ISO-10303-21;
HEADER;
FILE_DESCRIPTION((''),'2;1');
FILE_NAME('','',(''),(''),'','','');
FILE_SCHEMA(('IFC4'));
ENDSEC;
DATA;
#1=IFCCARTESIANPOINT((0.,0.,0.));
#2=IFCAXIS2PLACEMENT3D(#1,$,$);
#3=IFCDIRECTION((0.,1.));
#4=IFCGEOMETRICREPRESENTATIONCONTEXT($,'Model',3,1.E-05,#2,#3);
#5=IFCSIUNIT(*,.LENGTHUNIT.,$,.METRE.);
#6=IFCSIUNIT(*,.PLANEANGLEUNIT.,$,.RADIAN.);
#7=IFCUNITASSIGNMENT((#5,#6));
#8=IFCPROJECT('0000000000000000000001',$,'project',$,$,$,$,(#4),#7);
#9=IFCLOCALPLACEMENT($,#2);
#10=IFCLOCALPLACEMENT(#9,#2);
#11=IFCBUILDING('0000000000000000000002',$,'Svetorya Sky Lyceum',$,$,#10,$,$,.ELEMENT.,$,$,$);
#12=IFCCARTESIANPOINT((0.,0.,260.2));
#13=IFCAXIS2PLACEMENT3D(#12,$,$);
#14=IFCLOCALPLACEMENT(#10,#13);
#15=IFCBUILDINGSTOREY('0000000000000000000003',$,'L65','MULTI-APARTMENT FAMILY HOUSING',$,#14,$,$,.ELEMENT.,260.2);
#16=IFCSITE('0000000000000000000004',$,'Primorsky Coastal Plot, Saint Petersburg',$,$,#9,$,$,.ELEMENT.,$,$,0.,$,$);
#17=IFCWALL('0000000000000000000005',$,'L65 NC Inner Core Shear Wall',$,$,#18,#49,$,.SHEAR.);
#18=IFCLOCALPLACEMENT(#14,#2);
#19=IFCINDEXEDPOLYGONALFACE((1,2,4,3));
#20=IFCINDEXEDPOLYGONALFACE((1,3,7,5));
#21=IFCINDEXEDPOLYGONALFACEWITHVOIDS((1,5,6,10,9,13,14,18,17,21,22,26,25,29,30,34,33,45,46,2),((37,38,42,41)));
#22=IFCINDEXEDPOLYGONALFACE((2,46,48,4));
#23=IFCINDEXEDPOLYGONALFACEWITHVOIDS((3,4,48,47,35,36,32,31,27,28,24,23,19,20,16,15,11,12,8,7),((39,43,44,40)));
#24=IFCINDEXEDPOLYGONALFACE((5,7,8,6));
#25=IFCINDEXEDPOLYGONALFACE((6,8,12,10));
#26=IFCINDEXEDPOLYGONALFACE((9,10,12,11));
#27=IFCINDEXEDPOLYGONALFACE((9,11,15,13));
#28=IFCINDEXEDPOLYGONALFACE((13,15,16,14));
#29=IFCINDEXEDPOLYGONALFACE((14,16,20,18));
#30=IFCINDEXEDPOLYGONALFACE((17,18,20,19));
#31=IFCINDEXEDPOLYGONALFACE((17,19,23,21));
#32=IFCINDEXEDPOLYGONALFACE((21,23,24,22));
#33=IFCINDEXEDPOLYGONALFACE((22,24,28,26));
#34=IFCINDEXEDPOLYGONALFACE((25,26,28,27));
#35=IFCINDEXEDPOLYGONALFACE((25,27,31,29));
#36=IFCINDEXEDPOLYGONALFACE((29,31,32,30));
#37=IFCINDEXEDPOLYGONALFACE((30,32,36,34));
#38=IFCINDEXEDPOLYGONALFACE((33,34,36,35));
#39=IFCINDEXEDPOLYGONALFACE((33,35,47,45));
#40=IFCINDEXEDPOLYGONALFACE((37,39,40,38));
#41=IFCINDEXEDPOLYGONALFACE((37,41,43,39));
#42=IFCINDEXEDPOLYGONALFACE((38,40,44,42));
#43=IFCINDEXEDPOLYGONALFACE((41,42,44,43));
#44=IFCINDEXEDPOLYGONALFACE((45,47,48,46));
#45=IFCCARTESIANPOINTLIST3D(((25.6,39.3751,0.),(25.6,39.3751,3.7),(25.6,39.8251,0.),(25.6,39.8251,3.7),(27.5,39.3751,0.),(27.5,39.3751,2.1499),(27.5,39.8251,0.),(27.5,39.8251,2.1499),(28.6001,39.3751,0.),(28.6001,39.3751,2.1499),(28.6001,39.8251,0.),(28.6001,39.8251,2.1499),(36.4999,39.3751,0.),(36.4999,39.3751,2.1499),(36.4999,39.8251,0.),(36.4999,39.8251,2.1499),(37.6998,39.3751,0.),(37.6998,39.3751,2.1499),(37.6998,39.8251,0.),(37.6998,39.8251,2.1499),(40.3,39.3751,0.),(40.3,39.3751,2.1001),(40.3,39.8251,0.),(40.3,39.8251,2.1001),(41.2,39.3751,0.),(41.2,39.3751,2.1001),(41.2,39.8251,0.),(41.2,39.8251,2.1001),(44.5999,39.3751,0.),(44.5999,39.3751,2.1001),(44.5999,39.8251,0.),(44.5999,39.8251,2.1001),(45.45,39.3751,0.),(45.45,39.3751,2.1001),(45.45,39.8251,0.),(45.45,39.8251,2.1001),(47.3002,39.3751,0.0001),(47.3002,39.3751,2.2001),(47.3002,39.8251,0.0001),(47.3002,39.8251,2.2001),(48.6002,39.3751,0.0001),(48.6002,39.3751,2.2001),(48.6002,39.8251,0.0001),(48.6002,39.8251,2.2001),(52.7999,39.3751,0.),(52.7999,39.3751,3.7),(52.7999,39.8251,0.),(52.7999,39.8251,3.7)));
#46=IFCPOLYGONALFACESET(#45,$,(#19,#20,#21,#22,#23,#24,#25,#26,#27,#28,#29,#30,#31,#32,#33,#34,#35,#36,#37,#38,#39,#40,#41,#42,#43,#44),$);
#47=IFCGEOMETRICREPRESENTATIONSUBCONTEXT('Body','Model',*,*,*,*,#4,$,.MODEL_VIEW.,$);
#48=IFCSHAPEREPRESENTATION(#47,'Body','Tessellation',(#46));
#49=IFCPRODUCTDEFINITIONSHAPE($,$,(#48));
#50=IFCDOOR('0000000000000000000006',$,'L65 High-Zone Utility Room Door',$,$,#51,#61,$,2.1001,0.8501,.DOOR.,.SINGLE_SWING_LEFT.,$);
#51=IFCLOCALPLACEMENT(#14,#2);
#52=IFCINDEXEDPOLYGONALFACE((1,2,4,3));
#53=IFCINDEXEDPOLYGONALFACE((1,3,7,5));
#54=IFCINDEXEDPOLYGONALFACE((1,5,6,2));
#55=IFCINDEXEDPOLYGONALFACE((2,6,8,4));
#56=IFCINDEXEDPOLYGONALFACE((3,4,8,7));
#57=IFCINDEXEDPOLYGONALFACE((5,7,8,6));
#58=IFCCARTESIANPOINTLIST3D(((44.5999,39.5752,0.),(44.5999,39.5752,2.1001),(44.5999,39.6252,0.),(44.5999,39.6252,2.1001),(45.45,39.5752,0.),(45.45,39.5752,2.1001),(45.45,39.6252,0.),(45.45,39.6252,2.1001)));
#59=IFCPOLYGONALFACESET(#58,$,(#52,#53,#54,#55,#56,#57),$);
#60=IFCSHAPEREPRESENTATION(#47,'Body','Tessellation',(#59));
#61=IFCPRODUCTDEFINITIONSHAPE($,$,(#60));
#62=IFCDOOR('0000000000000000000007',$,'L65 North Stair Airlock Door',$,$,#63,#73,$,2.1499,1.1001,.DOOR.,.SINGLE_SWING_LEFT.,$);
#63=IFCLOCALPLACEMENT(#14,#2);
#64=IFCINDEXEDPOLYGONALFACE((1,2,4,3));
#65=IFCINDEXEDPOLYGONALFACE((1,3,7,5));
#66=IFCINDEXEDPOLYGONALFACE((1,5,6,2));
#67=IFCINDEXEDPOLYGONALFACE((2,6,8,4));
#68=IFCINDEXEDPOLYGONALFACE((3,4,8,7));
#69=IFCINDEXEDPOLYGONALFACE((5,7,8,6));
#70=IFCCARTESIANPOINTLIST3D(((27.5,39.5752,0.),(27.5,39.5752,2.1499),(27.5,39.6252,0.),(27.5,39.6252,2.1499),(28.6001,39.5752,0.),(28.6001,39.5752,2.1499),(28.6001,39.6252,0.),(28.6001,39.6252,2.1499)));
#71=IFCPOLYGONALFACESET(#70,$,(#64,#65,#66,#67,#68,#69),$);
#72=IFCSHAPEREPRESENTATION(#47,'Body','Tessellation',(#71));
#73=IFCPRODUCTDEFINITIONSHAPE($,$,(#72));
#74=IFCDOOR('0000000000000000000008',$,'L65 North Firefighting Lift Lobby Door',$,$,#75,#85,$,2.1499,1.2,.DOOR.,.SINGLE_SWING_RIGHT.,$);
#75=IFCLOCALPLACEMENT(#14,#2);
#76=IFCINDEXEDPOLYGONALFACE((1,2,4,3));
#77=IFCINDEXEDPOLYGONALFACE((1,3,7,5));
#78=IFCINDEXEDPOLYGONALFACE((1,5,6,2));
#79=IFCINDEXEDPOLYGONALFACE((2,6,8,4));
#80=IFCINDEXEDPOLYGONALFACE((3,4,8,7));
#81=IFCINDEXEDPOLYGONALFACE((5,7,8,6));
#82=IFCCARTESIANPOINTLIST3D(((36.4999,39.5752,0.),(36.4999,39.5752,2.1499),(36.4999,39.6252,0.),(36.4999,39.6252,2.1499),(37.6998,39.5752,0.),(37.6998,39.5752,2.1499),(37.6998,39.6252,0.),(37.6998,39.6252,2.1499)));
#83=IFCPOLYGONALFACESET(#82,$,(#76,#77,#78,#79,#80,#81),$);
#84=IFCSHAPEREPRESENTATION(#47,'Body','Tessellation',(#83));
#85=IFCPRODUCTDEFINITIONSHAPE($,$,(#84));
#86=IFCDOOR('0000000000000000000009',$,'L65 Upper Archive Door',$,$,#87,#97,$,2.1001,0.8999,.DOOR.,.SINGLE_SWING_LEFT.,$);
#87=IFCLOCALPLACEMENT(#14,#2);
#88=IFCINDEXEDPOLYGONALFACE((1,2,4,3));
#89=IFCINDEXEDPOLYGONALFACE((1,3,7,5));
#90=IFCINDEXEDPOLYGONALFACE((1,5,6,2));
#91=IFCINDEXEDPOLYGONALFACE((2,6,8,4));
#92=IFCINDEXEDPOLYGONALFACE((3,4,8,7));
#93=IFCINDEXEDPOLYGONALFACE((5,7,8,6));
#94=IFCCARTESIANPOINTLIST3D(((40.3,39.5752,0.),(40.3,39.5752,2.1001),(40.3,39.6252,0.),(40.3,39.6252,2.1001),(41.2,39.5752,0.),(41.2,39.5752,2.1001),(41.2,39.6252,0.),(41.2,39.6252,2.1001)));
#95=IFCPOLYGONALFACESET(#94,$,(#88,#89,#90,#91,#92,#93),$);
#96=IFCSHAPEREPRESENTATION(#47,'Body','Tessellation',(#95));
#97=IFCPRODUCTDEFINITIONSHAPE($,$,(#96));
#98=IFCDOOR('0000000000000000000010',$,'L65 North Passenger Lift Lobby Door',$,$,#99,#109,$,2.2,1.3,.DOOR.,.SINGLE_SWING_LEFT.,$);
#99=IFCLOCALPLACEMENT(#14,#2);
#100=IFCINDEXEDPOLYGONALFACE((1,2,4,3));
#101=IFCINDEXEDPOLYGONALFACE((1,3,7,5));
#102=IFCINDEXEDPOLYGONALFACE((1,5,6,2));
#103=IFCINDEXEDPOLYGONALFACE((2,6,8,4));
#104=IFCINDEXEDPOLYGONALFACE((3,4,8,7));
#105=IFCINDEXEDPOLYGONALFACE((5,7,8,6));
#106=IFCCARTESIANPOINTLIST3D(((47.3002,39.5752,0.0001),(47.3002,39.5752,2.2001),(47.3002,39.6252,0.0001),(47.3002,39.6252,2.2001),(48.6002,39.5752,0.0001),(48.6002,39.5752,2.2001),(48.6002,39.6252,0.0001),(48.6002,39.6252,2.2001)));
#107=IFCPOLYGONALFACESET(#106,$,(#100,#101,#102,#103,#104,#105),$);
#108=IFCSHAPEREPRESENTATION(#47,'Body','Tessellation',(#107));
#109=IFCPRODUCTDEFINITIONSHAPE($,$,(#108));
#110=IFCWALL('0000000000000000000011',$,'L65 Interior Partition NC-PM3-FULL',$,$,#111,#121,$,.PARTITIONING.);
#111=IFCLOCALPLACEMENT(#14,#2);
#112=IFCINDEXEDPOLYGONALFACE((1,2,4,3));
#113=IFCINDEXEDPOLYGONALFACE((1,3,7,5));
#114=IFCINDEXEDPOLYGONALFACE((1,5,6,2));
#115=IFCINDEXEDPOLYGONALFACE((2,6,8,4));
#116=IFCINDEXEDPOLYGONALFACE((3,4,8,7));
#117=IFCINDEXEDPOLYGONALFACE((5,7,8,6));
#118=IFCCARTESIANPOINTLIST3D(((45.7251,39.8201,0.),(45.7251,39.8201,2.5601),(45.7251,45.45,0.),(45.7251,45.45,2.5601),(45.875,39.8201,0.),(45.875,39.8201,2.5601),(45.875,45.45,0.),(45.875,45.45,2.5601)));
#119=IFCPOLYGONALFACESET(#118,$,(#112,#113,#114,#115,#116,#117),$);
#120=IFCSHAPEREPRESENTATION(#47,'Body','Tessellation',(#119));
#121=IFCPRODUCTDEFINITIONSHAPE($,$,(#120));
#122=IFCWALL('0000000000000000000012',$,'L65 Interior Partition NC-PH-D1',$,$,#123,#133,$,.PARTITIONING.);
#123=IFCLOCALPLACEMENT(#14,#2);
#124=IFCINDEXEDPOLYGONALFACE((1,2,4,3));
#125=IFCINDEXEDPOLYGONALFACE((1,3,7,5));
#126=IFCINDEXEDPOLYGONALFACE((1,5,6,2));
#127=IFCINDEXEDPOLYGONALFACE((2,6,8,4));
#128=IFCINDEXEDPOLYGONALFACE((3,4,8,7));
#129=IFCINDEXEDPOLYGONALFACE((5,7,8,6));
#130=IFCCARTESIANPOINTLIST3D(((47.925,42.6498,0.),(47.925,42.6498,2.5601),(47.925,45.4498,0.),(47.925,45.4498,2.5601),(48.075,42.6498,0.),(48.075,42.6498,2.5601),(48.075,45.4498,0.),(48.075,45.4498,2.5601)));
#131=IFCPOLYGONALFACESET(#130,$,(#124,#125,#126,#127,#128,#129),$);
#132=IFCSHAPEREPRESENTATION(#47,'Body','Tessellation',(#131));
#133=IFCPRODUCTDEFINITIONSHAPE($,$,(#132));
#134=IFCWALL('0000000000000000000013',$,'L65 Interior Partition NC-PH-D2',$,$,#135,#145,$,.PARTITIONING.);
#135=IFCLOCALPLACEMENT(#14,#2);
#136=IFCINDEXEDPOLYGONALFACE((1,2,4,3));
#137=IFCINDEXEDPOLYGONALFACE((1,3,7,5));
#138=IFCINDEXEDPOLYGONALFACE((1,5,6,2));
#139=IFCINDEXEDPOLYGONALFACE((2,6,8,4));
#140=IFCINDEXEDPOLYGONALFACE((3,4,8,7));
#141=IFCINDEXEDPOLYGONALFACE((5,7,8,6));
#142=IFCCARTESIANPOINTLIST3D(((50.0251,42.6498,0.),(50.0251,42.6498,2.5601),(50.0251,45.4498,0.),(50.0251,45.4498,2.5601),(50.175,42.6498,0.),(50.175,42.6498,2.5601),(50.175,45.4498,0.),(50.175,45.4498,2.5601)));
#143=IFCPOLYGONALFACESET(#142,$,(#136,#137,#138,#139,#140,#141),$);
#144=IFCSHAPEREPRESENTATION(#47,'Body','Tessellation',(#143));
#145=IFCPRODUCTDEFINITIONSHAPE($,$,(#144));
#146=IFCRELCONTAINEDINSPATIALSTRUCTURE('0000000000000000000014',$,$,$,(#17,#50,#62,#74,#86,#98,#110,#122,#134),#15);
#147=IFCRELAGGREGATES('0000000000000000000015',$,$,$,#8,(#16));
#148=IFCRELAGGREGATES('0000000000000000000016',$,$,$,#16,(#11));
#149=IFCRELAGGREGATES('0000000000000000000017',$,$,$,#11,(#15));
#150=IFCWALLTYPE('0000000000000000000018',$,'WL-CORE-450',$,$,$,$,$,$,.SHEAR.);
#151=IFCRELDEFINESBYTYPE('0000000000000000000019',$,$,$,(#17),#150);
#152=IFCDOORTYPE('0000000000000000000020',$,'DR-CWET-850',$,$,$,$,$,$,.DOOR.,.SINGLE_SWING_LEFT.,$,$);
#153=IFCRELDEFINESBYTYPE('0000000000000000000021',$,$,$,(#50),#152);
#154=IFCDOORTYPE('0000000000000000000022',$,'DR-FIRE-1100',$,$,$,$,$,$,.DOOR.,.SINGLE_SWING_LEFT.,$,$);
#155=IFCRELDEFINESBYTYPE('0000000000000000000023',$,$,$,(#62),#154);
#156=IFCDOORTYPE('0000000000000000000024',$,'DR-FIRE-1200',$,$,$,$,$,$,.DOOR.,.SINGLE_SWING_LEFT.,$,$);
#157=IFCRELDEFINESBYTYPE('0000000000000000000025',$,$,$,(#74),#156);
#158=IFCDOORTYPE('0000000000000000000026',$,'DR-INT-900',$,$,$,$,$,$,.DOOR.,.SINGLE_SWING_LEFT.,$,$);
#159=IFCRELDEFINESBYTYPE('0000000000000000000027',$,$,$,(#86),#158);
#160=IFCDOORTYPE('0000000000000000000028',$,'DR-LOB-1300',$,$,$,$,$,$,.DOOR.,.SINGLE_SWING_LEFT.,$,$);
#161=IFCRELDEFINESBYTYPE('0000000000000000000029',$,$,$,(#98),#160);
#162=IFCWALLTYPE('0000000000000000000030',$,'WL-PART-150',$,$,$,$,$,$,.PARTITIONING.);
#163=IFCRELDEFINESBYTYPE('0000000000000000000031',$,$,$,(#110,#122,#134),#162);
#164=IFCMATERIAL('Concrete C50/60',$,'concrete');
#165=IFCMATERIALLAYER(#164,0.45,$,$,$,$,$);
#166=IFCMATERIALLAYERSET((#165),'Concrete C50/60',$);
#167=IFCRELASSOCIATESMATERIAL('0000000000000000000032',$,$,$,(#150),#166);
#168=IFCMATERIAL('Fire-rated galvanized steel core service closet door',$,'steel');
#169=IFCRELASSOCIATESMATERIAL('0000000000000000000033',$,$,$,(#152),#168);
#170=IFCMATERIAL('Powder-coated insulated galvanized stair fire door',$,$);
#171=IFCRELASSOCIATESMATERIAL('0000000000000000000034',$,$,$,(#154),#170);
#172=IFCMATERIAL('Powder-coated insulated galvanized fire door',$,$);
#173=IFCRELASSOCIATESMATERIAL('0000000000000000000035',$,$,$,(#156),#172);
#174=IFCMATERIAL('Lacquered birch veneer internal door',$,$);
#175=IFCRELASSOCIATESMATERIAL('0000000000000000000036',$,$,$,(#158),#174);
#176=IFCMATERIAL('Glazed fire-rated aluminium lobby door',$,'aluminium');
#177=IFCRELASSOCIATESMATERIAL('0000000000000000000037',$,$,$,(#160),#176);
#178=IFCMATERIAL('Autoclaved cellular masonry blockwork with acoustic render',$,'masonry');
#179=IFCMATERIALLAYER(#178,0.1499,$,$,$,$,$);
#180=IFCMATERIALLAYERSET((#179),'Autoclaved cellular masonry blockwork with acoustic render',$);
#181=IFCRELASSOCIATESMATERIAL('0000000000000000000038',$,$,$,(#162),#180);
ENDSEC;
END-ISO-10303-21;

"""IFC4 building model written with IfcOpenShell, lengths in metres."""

from ifc_helpers import new_model, si_unit, direction, frame, frame_2d, origin, place, context, subcontext, project, spatial, rectangle, extrude, material, layer, layer_set, type_object, element, fill, save


model = new_model("IFC4")

# Units and contexts
model_context = context("Model", 3, precision=1e-05, world=origin(), true_north=direction((0.0, 1.0)))
body_context = subcontext(model_context, "Body", "Model", "MODEL_VIEW")
ifc_project = project(units=[si_unit("LENGTHUNIT", "METRE"), si_unit("PLANEANGLEUNIT", "RADIAN")], contexts=[model_context])

# Site, building, storey
site_placement = place(None, origin())
site = spatial("IfcSite", under=ifc_project, at=site_placement, Name="Primorsky Coastal Plot, Saint Petersburg", CompositionType="ELEMENT", RefElevation=0.0)
building_placement = place(site_placement, origin())
building = spatial("IfcBuilding", under=site, at=building_placement, Name="Svetorya Sky Lyceum", CompositionType="ELEMENT")
storey_placement = place(building_placement, frame((0.0, 0.0, 260.2)))
storey = spatial("IfcBuildingStorey", under=building, at=storey_placement, Name="L65", Description="MULTI-APARTMENT FAMILY HOUSING", CompositionType="ELEMENT", Elevation=260.2)

# Wall, openings, doors
ifc_material_1 = material(Name="Concrete C50/60", Category="concrete")
ifc_layer_1 = layer(ifc_material_1, 0.45)
ifc_layer_set_1 = layer_set([ifc_layer_1], Name="Concrete C50/60")
wall_type_1 = type_object("IfcWallType", Name="WL-CORE-450", PredefinedType="SHEAR", material=ifc_layer_set_1)
wall_1_placement = place(storey_placement, frame((52.8, 39.6001, 0.0), z_axis=(0.0, 0.0, 1.0), x_axis=(-1.0, 0.0, 0.0)))
wall_1 = element("IfcWall", 1, at=wall_1_placement, inside=storey, type_object=wall_type_1, Name="L65 NC Inner Core Shear Wall", PredefinedType="SHEAR", context=body_context, shape_type="SweptSolid", body=[
    extrude(rectangle(XDim=27.2, YDim=0.45, at=frame_2d((13.6001, 0.0))), origin(), (0.0, 0.0, 1.0), 3.7),
])
opening_1_placement = place(wall_1_placement, frame((24.2, 0.0, 0.0)))
opening_1 = element("IfcOpeningElement", 2, at=opening_1_placement, cuts=wall_1, PredefinedType="OPENING", context=body_context, shape_type="SweptSolid", body=[
    extrude(rectangle(XDim=1.1001, YDim=2.1499, at=frame_2d((0.55, 1.075))), frame((0.0, 0.2349, 0.0), z_axis=(0.0, -1.0, 0.0), x_axis=(1.0, 0.0, 0.0)), (0.0, 0.0, 1.0), 0.47),
])
opening_2_placement = place(wall_1_placement, frame((15.1001, 0.0, 0.0)))
opening_2 = element("IfcOpeningElement", 3, at=opening_2_placement, cuts=wall_1, PredefinedType="OPENING", context=body_context, shape_type="SweptSolid", body=[
    extrude(rectangle(XDim=1.2, YDim=2.1499, at=frame_2d((0.6001, 1.075))), frame((0.0, 0.2349, 0.0), z_axis=(0.0, -1.0, 0.0), x_axis=(1.0, 0.0, 0.0)), (0.0, 0.0, 1.0), 0.47),
])
opening_3_placement = place(wall_1_placement, frame((11.6001, 0.0, 0.0)))
opening_3 = element("IfcOpeningElement", 4, at=opening_3_placement, cuts=wall_1, PredefinedType="OPENING", context=body_context, shape_type="SweptSolid", body=[
    extrude(rectangle(XDim=0.8999, YDim=2.1001, at=frame_2d((0.45, 1.05))), frame((0.0, 0.2349, 0.0), z_axis=(0.0, -1.0, 0.0), x_axis=(1.0, 0.0, 0.0)), (0.0, 0.0, 1.0), 0.47),
])
opening_4_placement = place(wall_1_placement, frame((7.3501, 0.0, 0.0)))
opening_4 = element("IfcOpeningElement", 5, at=opening_4_placement, cuts=wall_1, PredefinedType="OPENING", context=body_context, shape_type="SweptSolid", body=[
    extrude(rectangle(XDim=0.8501, YDim=2.1001, at=frame_2d((0.425, 1.05))), frame((0.0, 0.2349, 0.0), z_axis=(0.0, -1.0, 0.0), x_axis=(1.0, 0.0, 0.0)), (0.0, 0.0, 1.0), 0.47),
])
opening_5_placement = place(wall_1_placement, frame((4.2, 0.0, 0.0)))
opening_5 = element("IfcOpeningElement", 6, at=opening_5_placement, cuts=wall_1, PredefinedType="OPENING", context=body_context, shape_type="SweptSolid", body=[
    extrude(rectangle(XDim=1.3, YDim=2.2, at=frame_2d((0.6499, 1.1001))), frame((0.0, 0.2349, 0.0), z_axis=(0.0, -1.0, 0.0), x_axis=(1.0, 0.0, 0.0)), (0.0, 0.0, 1.0), 0.47),
])
ifc_material_2 = material(Name="Fire-rated galvanized steel core service closet door", Category="steel")
door_type_1 = type_object("IfcDoorType", Name="DR-CWET-850", OperationType="SINGLE_SWING_LEFT", PredefinedType="DOOR", material=ifc_material_2)
door_1_placement = place(opening_4_placement, origin())
door_1 = element("IfcDoor", 7, at=door_1_placement, inside=storey, type_object=door_type_1, Name="L65 High-Zone Utility Room Door", OperationType="SINGLE_SWING_LEFT", OverallHeight=2.1001, OverallWidth=0.8501, PredefinedType="DOOR", context=body_context, shape_type="SweptSolid", body=[
    extrude(rectangle(XDim=0.8501, YDim=2.1001, at=frame_2d((0.425, 1.05))), frame((0.0, 0.0249, 0.0), z_axis=(0.0, -1.0, 0.0), x_axis=(1.0, 0.0, 0.0)), (0.0, 0.0, 1.0), 0.05),
])
fill(opening_4, door_1)
ifc_material_3 = material(Name="Powder-coated insulated galvanized stair fire door")
door_type_2 = type_object("IfcDoorType", Name="DR-FIRE-1100", OperationType="SINGLE_SWING_LEFT", PredefinedType="DOOR", material=ifc_material_3)
door_2_placement = place(opening_1_placement, origin())
door_2 = element("IfcDoor", 8, at=door_2_placement, inside=storey, type_object=door_type_2, Name="L65 North Stair Airlock Door", OperationType="SINGLE_SWING_LEFT", OverallHeight=2.1499, OverallWidth=1.1001, PredefinedType="DOOR", context=body_context, shape_type="SweptSolid", body=[
    extrude(rectangle(XDim=1.1001, YDim=2.1499, at=frame_2d((0.55, 1.075))), frame((0.0, 0.0249, 0.0), z_axis=(0.0, -1.0, 0.0), x_axis=(1.0, 0.0, 0.0)), (0.0, 0.0, 1.0), 0.05),
])
fill(opening_1, door_2)
ifc_material_4 = material(Name="Powder-coated insulated galvanized fire door")
door_type_3 = type_object("IfcDoorType", Name="DR-FIRE-1200", OperationType="SINGLE_SWING_LEFT", PredefinedType="DOOR", material=ifc_material_4)
door_3_placement = place(opening_2_placement, origin())
door_3 = element("IfcDoor", 9, at=door_3_placement, inside=storey, type_object=door_type_3, Name="L65 North Firefighting Lift Lobby Door", OperationType="SINGLE_SWING_RIGHT", OverallHeight=2.1499, OverallWidth=1.2, PredefinedType="DOOR", context=body_context, shape_type="SweptSolid", body=[
    extrude(rectangle(XDim=1.2, YDim=2.1499, at=frame_2d((0.6001, 1.075))), frame((0.0, 0.0249, 0.0), z_axis=(0.0, -1.0, 0.0), x_axis=(1.0, 0.0, 0.0)), (0.0, 0.0, 1.0), 0.05),
])
fill(opening_2, door_3)
ifc_material_5 = material(Name="Lacquered birch veneer internal door")
door_type_4 = type_object("IfcDoorType", Name="DR-INT-900", OperationType="SINGLE_SWING_LEFT", PredefinedType="DOOR", material=ifc_material_5)
door_4_placement = place(opening_3_placement, origin())
door_4 = element("IfcDoor", 10, at=door_4_placement, inside=storey, type_object=door_type_4, Name="L65 Upper Archive Door", OperationType="SINGLE_SWING_LEFT", OverallHeight=2.1001, OverallWidth=0.8999, PredefinedType="DOOR", context=body_context, shape_type="SweptSolid", body=[
    extrude(rectangle(XDim=0.8999, YDim=2.1001, at=frame_2d((0.45, 1.05))), frame((0.0, 0.0249, 0.0), z_axis=(0.0, -1.0, 0.0), x_axis=(1.0, 0.0, 0.0)), (0.0, 0.0, 1.0), 0.05),
])
fill(opening_3, door_4)
ifc_material_6 = material(Name="Glazed fire-rated aluminium lobby door", Category="aluminium")
door_type_5 = type_object("IfcDoorType", Name="DR-LOB-1300", OperationType="SINGLE_SWING_LEFT", PredefinedType="DOOR", material=ifc_material_6)
door_5_placement = place(opening_5_placement, origin())
door_5 = element("IfcDoor", 11, at=door_5_placement, inside=storey, type_object=door_type_5, Name="L65 North Passenger Lift Lobby Door", OperationType="SINGLE_SWING_LEFT", OverallHeight=2.2, OverallWidth=1.3, PredefinedType="DOOR", context=body_context, shape_type="SweptSolid", body=[
    extrude(rectangle(XDim=1.3, YDim=2.2, at=frame_2d((0.6499, 1.1001))), frame((0.0, 0.0249, 0.0), z_axis=(0.0, -1.0, 0.0), x_axis=(1.0, 0.0, 0.0)), (0.0, 0.0, 1.0), 0.05),
])
fill(opening_5, door_5)

# Walls
ifc_material_7 = material(Name="Autoclaved cellular masonry blockwork with acoustic render", Category="masonry")
ifc_layer_2 = layer(ifc_material_7, 0.1499)
ifc_layer_set_2 = layer_set([ifc_layer_2], Name="Autoclaved cellular masonry blockwork with acoustic render")
wall_type_2 = type_object("IfcWallType", Name="WL-PART-150", PredefinedType="PARTITIONING", material=ifc_layer_set_2)
wall_2_placement = place(storey_placement, frame((45.8, 39.8201, 0.0), z_axis=(0.0, 0.0, 1.0), x_axis=(0.0, 1.0, 0.0)))
element("IfcWall", 12, at=wall_2_placement, inside=storey, type_object=wall_type_2, Name="L65 Interior Partition NC-PM3-FULL", PredefinedType="PARTITIONING", context=body_context, shape_type="SweptSolid", body=[
    extrude(rectangle(XDim=5.6299, YDim=0.1499, at=frame_2d((2.8149, 0.0))), origin(), (0.0, 0.0, 1.0), 2.5601),
])
for number, where, z_axis, x_axis, name in (
    (13, (48.0, 42.6499, 0.0), (0.0, 0.0, 1.0), (0.0, 1.0, 0.0), "L65 Interior Partition NC-PH-D1"),
    (14, (50.1001, 42.6499, 0.0), (0.0, 0.0, 1.0), (0.0, 1.0, 0.0), "L65 Interior Partition NC-PH-D2"),
):
    element("IfcWall", number, at=place(storey_placement, frame(where, z_axis=z_axis, x_axis=x_axis)), inside=storey, type_object=wall_type_2, Name=name, PredefinedType="PARTITIONING", context=body_context, shape_type="SweptSolid", body=[
        extrude(rectangle(XDim=2.8, YDim=0.1499, at=frame_2d((1.3999, 0.0))), origin(), (0.0, 0.0, 1.0), 2.5601),
    ])

save(model, "model.ifc")
